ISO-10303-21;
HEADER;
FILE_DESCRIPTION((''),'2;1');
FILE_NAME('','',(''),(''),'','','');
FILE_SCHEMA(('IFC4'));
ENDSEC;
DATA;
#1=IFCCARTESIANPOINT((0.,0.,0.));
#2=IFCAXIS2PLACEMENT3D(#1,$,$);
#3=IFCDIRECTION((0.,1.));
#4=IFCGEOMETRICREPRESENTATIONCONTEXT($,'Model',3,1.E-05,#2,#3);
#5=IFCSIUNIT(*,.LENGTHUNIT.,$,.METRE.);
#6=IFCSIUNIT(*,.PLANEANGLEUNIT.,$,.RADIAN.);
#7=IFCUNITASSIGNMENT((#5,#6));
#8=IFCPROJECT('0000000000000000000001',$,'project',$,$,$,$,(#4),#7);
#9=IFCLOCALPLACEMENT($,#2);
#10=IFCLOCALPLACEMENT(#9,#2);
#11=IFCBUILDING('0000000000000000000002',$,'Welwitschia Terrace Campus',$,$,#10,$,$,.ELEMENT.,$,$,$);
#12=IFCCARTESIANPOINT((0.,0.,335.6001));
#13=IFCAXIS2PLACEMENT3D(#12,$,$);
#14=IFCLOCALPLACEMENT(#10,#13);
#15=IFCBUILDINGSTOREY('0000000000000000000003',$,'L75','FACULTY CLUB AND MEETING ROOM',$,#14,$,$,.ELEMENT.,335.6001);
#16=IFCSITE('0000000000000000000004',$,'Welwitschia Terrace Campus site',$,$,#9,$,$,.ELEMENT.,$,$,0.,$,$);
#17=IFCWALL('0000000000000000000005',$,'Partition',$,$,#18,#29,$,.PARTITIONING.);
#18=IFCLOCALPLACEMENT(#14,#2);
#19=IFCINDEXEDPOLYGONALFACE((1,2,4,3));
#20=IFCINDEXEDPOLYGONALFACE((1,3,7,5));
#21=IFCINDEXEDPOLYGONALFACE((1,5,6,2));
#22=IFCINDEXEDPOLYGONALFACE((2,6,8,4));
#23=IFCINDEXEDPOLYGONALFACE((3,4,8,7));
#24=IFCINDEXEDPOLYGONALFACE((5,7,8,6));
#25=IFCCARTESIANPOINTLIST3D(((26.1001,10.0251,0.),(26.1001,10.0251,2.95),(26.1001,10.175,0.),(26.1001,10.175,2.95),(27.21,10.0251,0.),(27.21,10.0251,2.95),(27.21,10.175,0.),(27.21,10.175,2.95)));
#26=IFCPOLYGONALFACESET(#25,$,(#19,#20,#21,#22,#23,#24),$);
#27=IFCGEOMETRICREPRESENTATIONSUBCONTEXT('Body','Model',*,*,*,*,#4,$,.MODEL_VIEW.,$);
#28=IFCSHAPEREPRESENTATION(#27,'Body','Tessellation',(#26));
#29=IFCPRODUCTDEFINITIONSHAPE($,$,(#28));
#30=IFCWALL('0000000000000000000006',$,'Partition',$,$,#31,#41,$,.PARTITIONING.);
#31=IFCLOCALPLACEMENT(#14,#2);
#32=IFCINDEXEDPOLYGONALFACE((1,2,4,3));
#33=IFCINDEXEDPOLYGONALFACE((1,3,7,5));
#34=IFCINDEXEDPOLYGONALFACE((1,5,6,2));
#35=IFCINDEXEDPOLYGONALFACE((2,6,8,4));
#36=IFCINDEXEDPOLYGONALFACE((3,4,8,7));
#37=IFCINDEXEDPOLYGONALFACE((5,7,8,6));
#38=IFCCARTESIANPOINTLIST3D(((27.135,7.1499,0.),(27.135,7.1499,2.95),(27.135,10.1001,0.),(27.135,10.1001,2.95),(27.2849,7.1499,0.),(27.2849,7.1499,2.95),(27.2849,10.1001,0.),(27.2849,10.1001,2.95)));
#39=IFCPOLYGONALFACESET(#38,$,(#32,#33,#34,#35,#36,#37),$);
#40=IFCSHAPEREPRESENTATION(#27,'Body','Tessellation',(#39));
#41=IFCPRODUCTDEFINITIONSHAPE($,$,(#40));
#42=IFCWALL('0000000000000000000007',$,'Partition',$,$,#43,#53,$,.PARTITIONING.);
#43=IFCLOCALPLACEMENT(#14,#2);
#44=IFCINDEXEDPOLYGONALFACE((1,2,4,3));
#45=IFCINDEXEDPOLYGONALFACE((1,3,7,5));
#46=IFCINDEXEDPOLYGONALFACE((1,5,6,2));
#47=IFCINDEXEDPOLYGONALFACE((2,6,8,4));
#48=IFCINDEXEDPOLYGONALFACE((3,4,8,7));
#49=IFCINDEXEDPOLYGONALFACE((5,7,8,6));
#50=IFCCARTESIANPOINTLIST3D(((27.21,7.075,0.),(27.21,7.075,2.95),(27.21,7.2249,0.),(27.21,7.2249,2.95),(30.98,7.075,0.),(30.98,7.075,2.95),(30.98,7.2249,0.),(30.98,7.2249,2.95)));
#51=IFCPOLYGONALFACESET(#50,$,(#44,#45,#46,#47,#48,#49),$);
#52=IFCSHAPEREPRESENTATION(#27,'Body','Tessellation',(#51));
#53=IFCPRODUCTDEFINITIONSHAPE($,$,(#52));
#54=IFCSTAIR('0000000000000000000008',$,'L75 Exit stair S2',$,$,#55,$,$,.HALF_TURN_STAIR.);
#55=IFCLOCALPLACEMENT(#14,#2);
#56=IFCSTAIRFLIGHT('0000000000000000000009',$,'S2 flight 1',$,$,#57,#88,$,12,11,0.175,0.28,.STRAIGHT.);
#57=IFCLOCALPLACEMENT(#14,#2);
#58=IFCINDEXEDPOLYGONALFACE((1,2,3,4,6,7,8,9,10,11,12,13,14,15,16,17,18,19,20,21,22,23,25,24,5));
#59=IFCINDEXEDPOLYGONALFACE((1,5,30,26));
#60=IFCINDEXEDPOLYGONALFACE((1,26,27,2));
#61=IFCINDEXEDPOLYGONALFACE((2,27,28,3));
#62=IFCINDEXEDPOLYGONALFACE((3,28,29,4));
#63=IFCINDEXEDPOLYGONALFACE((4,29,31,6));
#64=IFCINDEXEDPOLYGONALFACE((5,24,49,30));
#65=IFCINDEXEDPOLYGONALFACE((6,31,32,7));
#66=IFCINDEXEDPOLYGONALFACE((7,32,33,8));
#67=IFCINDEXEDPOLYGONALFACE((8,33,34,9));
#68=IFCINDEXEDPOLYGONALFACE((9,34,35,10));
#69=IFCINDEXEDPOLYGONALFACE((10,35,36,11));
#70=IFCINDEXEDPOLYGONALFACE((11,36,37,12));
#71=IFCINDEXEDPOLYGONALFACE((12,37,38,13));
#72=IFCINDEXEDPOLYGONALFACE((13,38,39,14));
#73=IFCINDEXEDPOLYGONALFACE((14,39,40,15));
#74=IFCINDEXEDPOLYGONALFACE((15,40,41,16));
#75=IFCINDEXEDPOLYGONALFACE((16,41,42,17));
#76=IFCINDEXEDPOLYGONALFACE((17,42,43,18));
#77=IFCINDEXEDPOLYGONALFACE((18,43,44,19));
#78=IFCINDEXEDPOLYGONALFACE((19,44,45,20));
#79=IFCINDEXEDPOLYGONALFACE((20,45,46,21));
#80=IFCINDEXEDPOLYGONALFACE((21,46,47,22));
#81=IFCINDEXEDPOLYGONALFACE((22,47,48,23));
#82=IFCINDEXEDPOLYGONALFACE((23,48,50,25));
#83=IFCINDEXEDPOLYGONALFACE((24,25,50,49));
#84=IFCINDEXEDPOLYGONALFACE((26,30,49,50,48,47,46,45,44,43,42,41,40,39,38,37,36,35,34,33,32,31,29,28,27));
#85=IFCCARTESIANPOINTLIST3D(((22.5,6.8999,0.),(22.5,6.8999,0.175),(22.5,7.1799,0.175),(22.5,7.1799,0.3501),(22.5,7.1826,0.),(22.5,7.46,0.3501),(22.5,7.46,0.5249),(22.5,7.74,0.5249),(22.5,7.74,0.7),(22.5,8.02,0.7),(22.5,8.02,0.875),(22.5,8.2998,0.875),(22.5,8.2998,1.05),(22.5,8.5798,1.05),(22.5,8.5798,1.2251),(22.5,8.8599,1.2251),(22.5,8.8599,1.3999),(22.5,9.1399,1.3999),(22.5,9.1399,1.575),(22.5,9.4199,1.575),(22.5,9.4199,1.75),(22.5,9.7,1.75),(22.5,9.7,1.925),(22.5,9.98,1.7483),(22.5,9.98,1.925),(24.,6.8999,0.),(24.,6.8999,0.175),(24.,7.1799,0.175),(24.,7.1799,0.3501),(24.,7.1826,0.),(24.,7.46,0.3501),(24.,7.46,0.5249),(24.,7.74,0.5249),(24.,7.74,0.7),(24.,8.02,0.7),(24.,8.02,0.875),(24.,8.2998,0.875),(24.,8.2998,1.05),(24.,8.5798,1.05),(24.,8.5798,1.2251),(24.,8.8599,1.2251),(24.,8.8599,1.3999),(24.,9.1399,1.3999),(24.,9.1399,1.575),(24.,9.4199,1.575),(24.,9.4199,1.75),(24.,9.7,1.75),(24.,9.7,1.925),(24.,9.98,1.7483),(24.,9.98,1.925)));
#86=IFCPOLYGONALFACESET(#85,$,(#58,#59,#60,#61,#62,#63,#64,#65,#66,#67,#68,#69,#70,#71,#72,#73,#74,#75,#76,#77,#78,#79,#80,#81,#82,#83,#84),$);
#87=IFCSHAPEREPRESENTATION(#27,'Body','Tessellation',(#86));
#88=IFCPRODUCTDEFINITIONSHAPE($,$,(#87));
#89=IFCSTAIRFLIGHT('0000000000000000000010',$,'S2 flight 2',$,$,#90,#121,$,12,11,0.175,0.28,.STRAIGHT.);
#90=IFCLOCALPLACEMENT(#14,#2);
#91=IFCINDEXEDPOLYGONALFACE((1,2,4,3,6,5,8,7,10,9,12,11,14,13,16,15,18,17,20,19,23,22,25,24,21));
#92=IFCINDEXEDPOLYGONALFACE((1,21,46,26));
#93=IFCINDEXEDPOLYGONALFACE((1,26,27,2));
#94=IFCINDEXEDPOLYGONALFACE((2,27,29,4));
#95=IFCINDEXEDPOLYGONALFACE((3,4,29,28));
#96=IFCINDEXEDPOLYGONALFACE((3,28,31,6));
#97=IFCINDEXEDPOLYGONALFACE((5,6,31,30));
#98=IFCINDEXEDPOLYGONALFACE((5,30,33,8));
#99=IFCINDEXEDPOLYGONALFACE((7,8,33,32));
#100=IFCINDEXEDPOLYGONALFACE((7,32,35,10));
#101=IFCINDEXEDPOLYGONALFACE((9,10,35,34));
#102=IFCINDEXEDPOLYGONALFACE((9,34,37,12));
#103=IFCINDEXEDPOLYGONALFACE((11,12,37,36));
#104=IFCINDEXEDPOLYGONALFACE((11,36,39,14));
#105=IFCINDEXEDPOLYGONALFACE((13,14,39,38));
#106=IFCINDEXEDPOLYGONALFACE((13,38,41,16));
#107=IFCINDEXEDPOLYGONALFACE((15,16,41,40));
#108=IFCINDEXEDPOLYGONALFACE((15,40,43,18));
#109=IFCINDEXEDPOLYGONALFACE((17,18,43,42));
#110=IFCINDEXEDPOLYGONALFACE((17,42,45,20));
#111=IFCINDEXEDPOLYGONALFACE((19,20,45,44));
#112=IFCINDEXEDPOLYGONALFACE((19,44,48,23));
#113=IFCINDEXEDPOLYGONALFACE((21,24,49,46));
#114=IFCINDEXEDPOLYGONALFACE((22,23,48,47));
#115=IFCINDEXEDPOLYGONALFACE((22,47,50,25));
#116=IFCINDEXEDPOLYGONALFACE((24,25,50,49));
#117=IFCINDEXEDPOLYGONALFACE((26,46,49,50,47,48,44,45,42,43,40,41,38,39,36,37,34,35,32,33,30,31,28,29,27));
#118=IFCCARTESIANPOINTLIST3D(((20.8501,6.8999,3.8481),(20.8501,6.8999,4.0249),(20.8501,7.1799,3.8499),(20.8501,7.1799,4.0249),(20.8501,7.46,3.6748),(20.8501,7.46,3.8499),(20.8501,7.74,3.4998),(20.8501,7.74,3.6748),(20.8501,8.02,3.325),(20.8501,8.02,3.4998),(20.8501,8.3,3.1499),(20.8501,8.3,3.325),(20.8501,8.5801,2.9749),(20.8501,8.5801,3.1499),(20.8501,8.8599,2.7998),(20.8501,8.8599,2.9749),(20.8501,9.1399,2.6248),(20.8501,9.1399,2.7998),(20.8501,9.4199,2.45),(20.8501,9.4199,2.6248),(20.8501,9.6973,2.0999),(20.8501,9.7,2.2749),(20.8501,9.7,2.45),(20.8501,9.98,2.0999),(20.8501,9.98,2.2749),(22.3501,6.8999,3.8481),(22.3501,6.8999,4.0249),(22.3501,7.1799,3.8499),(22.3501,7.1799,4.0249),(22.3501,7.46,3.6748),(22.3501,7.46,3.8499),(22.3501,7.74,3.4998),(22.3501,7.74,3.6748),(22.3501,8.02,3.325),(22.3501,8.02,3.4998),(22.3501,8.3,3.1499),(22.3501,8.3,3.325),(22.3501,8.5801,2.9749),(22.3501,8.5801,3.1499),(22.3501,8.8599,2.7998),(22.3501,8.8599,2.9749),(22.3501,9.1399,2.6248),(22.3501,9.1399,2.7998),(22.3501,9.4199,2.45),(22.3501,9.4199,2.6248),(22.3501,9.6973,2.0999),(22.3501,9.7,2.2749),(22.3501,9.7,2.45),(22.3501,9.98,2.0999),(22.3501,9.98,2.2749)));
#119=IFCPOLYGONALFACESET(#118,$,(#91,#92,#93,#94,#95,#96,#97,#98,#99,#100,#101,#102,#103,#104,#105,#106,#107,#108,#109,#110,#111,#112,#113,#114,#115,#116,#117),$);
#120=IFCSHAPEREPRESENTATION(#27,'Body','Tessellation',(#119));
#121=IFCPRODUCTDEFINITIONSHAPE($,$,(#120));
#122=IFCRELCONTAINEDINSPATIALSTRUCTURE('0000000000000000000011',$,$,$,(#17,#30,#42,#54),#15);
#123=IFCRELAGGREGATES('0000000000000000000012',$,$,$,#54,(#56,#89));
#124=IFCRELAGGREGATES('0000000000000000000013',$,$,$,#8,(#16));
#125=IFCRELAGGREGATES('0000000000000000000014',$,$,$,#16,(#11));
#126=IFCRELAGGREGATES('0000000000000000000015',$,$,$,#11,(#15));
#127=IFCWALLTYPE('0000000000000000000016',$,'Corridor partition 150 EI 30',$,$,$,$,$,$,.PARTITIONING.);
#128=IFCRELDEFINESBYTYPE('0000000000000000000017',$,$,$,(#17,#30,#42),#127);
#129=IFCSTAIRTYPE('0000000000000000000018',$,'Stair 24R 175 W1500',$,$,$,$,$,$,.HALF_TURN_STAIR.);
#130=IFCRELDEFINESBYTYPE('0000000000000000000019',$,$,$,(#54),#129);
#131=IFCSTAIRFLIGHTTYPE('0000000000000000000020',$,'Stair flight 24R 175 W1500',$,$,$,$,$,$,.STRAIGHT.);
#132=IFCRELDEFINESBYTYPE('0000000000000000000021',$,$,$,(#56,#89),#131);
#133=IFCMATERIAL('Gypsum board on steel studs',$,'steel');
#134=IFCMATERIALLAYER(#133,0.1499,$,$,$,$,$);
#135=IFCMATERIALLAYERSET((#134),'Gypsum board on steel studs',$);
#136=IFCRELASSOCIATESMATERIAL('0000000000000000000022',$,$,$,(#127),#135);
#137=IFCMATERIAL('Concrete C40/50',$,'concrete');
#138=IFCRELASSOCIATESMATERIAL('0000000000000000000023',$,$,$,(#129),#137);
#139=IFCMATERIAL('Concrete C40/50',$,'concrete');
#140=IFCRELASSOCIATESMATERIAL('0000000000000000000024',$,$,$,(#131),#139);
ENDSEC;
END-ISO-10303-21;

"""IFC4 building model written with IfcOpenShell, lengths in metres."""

from ifc_helpers import new_model, si_unit, direction, frame, frame_2d, origin, place, context, subcontext, project, spatial, polyline, rectangle, outline, extrude, material, layer, layer_set, type_object, element, aggregate, save


model = new_model("IFC4")

# Units and contexts
model_context = context("Model", 3, precision=1e-05, world=origin(), true_north=direction((0.0, 1.0)))
body_context = subcontext(model_context, "Body", "Model", "MODEL_VIEW")
ifc_project = project(units=[si_unit("LENGTHUNIT", "METRE"), si_unit("PLANEANGLEUNIT", "RADIAN")], contexts=[model_context])

# Site, building, storey
site_placement = place(None, origin())
site = spatial("IfcSite", under=ifc_project, at=site_placement, Name="Welwitschia Terrace Campus site", CompositionType="ELEMENT", RefElevation=0.0)
building_placement = place(site_placement, origin())
building = spatial("IfcBuilding", under=site, at=building_placement, Name="Welwitschia Terrace Campus", CompositionType="ELEMENT")
storey_placement = place(building_placement, frame((0.0, 0.0, 335.6001)))
storey = spatial("IfcBuildingStorey", under=building, at=storey_placement, Name="L75", Description="FACULTY CLUB AND MEETING ROOM", CompositionType="ELEMENT", Elevation=335.6001)

# Shared definitions
ifc_material_1 = material(Name="Gypsum board on steel studs", Category="steel")
ifc_layer_1 = layer(ifc_material_1, 0.1499)
ifc_layer_set_1 = layer_set([ifc_layer_1], Name="Gypsum board on steel studs")
wall_type_1 = type_object("IfcWallType", Name="Corridor partition 150 EI 30", PredefinedType="PARTITIONING", material=ifc_layer_set_1)

# Walls
wall_1_placement = place(storey_placement, frame((26.1001, 10.1001, 0.0), z_axis=(0.0, 0.0, 1.0), x_axis=(1.0, 0.0, 0.0)))
element("IfcWall", 1, at=wall_1_placement, inside=storey, type_object=wall_type_1, Name="Partition", PredefinedType="PARTITIONING", context=body_context, shape_type="SweptSolid", body=[
    extrude(rectangle(XDim=1.1099, YDim=0.1499, at=frame_2d((0.5549, 0.0))), origin(), (0.0, 0.0, 1.0), 2.95),
])
wall_2_placement = place(storey_placement, frame((27.21, 7.1499, 0.0), z_axis=(0.0, 0.0, 1.0), x_axis=(0.0, 1.0, 0.0)))
element("IfcWall", 2, at=wall_2_placement, inside=storey, type_object=wall_type_1, Name="Partition", PredefinedType="PARTITIONING", context=body_context, shape_type="SweptSolid", body=[
    extrude(rectangle(XDim=2.9502, YDim=0.1499, at=frame_2d((1.4751, 0.0))), origin(), (0.0, 0.0, 1.0), 2.95),
])
wall_3_placement = place(storey_placement, frame((27.21, 7.1499, 0.0), z_axis=(0.0, 0.0, 1.0), x_axis=(1.0, 0.0, 0.0)))
element("IfcWall", 3, at=wall_3_placement, inside=storey, type_object=wall_type_1, Name="Partition", PredefinedType="PARTITIONING", context=body_context, shape_type="SweptSolid", body=[
    extrude(rectangle(XDim=3.77, YDim=0.1499, at=frame_2d((1.885, 0.0))), origin(), (0.0, 0.0, 1.0), 2.95),
])

# Stair, stair flights
ifc_material_2 = material(Name="Concrete C40/50", Category="concrete")
stair_type = type_object("IfcStairType", Name="Stair 24R 175 W1500", PredefinedType="HALF_TURN_STAIR", material=ifc_material_2)
stair_placement = place(storey_placement, origin())
stair = element("IfcStair", 4, at=stair_placement, inside=storey, type_object=stair_type, Name="L75 Exit stair S2", PredefinedType="HALF_TURN_STAIR")
ifc_material_3 = material(Name="Concrete C40/50", Category="concrete")
stair_flight_type = type_object("IfcStairFlightType", Name="Stair flight 24R 175 W1500", PredefinedType="STRAIGHT", material=ifc_material_3)
stair_flight_1_placement = place(storey_placement, frame((23.25, 6.8999, 0.0), z_axis=(0.0, 0.0, 1.0), x_axis=(0.0, 1.0, 0.0)))
stair_flight_1 = element("IfcStairFlight", 5, at=stair_flight_1_placement, type_object=stair_flight_type, Name="S2 flight 1", NumberOfRisers=12, NumberOfTreads=11, PredefinedType="STRAIGHT", RiserHeight=0.175, TreadLength=0.28, context=body_context, shape_type="SweptSolid", body=[
    extrude(outline(polyline([(0.0, 0.0), (0.0, 0.175), (0.28, 0.175), (0.28, 0.3501), (0.5601, 0.3501), (0.5601, 0.5249), (0.8401, 0.5249), (0.8401, 0.7), (1.1201, 0.7), (1.1201, 0.875), (1.3999, 0.875), (1.3999, 1.05), (1.6799, 1.05), (1.6799, 1.2251), (1.96, 1.2251), (1.96, 1.3999), (2.24, 1.3999), (2.24, 1.575), (2.52, 1.575), (2.52, 1.75), (2.8, 1.75), (2.8, 1.925), (3.0801, 1.925), (3.0801, 2.1001), (3.0801, 1.7483), (0.2827, 0.0), (0.0, 0.0)])), frame((0.0, 0.75, 0.0), z_axis=(0.0, -1.0, 0.0), x_axis=(1.0, 0.0, 0.0)), (0.0, 0.0, 1.0), 1.5),
])
stair_flight_2_placement = place(storey_placement, frame((21.6001, 9.98, 2.0999), z_axis=(0.0, 0.0, 1.0), x_axis=(0.0, -1.0, 0.0)))
stair_flight_2 = element("IfcStairFlight", 6, at=stair_flight_2_placement, type_object=stair_flight_type, Name="S2 flight 2", NumberOfRisers=12, NumberOfTreads=11, PredefinedType="STRAIGHT", RiserHeight=0.175, TreadLength=0.28, context=body_context, shape_type="SweptSolid", body=[
    extrude(outline(polyline([(0.0, 0.0), (0.0, 0.175), (0.28, 0.175), (0.28, 0.3501), (0.5601, 0.3501), (0.5601, 0.5249), (0.8401, 0.5249), (0.8401, 0.7), (1.1201, 0.7), (1.1201, 0.875), (1.3999, 0.875), (1.3999, 1.05), (1.6799, 1.05), (1.6799, 1.2251), (1.96, 1.2251), (1.96, 1.3999), (2.24, 1.3999), (2.24, 1.575), (2.52, 1.575), (2.52, 1.75), (2.8, 1.75), (2.8, 1.925), (3.0801, 1.925), (3.0801, 2.1001), (3.0801, 1.7483), (0.2827, 0.0), (0.0, 0.0)])), frame((0.0, 0.75, 0.0), z_axis=(0.0, -1.0, 0.0), x_axis=(1.0, 0.0, 0.0)), (0.0, 0.0, 1.0), 1.5),
])
aggregate(stair, [stair_flight_1, stair_flight_2])

save(model, "model.ifc")
